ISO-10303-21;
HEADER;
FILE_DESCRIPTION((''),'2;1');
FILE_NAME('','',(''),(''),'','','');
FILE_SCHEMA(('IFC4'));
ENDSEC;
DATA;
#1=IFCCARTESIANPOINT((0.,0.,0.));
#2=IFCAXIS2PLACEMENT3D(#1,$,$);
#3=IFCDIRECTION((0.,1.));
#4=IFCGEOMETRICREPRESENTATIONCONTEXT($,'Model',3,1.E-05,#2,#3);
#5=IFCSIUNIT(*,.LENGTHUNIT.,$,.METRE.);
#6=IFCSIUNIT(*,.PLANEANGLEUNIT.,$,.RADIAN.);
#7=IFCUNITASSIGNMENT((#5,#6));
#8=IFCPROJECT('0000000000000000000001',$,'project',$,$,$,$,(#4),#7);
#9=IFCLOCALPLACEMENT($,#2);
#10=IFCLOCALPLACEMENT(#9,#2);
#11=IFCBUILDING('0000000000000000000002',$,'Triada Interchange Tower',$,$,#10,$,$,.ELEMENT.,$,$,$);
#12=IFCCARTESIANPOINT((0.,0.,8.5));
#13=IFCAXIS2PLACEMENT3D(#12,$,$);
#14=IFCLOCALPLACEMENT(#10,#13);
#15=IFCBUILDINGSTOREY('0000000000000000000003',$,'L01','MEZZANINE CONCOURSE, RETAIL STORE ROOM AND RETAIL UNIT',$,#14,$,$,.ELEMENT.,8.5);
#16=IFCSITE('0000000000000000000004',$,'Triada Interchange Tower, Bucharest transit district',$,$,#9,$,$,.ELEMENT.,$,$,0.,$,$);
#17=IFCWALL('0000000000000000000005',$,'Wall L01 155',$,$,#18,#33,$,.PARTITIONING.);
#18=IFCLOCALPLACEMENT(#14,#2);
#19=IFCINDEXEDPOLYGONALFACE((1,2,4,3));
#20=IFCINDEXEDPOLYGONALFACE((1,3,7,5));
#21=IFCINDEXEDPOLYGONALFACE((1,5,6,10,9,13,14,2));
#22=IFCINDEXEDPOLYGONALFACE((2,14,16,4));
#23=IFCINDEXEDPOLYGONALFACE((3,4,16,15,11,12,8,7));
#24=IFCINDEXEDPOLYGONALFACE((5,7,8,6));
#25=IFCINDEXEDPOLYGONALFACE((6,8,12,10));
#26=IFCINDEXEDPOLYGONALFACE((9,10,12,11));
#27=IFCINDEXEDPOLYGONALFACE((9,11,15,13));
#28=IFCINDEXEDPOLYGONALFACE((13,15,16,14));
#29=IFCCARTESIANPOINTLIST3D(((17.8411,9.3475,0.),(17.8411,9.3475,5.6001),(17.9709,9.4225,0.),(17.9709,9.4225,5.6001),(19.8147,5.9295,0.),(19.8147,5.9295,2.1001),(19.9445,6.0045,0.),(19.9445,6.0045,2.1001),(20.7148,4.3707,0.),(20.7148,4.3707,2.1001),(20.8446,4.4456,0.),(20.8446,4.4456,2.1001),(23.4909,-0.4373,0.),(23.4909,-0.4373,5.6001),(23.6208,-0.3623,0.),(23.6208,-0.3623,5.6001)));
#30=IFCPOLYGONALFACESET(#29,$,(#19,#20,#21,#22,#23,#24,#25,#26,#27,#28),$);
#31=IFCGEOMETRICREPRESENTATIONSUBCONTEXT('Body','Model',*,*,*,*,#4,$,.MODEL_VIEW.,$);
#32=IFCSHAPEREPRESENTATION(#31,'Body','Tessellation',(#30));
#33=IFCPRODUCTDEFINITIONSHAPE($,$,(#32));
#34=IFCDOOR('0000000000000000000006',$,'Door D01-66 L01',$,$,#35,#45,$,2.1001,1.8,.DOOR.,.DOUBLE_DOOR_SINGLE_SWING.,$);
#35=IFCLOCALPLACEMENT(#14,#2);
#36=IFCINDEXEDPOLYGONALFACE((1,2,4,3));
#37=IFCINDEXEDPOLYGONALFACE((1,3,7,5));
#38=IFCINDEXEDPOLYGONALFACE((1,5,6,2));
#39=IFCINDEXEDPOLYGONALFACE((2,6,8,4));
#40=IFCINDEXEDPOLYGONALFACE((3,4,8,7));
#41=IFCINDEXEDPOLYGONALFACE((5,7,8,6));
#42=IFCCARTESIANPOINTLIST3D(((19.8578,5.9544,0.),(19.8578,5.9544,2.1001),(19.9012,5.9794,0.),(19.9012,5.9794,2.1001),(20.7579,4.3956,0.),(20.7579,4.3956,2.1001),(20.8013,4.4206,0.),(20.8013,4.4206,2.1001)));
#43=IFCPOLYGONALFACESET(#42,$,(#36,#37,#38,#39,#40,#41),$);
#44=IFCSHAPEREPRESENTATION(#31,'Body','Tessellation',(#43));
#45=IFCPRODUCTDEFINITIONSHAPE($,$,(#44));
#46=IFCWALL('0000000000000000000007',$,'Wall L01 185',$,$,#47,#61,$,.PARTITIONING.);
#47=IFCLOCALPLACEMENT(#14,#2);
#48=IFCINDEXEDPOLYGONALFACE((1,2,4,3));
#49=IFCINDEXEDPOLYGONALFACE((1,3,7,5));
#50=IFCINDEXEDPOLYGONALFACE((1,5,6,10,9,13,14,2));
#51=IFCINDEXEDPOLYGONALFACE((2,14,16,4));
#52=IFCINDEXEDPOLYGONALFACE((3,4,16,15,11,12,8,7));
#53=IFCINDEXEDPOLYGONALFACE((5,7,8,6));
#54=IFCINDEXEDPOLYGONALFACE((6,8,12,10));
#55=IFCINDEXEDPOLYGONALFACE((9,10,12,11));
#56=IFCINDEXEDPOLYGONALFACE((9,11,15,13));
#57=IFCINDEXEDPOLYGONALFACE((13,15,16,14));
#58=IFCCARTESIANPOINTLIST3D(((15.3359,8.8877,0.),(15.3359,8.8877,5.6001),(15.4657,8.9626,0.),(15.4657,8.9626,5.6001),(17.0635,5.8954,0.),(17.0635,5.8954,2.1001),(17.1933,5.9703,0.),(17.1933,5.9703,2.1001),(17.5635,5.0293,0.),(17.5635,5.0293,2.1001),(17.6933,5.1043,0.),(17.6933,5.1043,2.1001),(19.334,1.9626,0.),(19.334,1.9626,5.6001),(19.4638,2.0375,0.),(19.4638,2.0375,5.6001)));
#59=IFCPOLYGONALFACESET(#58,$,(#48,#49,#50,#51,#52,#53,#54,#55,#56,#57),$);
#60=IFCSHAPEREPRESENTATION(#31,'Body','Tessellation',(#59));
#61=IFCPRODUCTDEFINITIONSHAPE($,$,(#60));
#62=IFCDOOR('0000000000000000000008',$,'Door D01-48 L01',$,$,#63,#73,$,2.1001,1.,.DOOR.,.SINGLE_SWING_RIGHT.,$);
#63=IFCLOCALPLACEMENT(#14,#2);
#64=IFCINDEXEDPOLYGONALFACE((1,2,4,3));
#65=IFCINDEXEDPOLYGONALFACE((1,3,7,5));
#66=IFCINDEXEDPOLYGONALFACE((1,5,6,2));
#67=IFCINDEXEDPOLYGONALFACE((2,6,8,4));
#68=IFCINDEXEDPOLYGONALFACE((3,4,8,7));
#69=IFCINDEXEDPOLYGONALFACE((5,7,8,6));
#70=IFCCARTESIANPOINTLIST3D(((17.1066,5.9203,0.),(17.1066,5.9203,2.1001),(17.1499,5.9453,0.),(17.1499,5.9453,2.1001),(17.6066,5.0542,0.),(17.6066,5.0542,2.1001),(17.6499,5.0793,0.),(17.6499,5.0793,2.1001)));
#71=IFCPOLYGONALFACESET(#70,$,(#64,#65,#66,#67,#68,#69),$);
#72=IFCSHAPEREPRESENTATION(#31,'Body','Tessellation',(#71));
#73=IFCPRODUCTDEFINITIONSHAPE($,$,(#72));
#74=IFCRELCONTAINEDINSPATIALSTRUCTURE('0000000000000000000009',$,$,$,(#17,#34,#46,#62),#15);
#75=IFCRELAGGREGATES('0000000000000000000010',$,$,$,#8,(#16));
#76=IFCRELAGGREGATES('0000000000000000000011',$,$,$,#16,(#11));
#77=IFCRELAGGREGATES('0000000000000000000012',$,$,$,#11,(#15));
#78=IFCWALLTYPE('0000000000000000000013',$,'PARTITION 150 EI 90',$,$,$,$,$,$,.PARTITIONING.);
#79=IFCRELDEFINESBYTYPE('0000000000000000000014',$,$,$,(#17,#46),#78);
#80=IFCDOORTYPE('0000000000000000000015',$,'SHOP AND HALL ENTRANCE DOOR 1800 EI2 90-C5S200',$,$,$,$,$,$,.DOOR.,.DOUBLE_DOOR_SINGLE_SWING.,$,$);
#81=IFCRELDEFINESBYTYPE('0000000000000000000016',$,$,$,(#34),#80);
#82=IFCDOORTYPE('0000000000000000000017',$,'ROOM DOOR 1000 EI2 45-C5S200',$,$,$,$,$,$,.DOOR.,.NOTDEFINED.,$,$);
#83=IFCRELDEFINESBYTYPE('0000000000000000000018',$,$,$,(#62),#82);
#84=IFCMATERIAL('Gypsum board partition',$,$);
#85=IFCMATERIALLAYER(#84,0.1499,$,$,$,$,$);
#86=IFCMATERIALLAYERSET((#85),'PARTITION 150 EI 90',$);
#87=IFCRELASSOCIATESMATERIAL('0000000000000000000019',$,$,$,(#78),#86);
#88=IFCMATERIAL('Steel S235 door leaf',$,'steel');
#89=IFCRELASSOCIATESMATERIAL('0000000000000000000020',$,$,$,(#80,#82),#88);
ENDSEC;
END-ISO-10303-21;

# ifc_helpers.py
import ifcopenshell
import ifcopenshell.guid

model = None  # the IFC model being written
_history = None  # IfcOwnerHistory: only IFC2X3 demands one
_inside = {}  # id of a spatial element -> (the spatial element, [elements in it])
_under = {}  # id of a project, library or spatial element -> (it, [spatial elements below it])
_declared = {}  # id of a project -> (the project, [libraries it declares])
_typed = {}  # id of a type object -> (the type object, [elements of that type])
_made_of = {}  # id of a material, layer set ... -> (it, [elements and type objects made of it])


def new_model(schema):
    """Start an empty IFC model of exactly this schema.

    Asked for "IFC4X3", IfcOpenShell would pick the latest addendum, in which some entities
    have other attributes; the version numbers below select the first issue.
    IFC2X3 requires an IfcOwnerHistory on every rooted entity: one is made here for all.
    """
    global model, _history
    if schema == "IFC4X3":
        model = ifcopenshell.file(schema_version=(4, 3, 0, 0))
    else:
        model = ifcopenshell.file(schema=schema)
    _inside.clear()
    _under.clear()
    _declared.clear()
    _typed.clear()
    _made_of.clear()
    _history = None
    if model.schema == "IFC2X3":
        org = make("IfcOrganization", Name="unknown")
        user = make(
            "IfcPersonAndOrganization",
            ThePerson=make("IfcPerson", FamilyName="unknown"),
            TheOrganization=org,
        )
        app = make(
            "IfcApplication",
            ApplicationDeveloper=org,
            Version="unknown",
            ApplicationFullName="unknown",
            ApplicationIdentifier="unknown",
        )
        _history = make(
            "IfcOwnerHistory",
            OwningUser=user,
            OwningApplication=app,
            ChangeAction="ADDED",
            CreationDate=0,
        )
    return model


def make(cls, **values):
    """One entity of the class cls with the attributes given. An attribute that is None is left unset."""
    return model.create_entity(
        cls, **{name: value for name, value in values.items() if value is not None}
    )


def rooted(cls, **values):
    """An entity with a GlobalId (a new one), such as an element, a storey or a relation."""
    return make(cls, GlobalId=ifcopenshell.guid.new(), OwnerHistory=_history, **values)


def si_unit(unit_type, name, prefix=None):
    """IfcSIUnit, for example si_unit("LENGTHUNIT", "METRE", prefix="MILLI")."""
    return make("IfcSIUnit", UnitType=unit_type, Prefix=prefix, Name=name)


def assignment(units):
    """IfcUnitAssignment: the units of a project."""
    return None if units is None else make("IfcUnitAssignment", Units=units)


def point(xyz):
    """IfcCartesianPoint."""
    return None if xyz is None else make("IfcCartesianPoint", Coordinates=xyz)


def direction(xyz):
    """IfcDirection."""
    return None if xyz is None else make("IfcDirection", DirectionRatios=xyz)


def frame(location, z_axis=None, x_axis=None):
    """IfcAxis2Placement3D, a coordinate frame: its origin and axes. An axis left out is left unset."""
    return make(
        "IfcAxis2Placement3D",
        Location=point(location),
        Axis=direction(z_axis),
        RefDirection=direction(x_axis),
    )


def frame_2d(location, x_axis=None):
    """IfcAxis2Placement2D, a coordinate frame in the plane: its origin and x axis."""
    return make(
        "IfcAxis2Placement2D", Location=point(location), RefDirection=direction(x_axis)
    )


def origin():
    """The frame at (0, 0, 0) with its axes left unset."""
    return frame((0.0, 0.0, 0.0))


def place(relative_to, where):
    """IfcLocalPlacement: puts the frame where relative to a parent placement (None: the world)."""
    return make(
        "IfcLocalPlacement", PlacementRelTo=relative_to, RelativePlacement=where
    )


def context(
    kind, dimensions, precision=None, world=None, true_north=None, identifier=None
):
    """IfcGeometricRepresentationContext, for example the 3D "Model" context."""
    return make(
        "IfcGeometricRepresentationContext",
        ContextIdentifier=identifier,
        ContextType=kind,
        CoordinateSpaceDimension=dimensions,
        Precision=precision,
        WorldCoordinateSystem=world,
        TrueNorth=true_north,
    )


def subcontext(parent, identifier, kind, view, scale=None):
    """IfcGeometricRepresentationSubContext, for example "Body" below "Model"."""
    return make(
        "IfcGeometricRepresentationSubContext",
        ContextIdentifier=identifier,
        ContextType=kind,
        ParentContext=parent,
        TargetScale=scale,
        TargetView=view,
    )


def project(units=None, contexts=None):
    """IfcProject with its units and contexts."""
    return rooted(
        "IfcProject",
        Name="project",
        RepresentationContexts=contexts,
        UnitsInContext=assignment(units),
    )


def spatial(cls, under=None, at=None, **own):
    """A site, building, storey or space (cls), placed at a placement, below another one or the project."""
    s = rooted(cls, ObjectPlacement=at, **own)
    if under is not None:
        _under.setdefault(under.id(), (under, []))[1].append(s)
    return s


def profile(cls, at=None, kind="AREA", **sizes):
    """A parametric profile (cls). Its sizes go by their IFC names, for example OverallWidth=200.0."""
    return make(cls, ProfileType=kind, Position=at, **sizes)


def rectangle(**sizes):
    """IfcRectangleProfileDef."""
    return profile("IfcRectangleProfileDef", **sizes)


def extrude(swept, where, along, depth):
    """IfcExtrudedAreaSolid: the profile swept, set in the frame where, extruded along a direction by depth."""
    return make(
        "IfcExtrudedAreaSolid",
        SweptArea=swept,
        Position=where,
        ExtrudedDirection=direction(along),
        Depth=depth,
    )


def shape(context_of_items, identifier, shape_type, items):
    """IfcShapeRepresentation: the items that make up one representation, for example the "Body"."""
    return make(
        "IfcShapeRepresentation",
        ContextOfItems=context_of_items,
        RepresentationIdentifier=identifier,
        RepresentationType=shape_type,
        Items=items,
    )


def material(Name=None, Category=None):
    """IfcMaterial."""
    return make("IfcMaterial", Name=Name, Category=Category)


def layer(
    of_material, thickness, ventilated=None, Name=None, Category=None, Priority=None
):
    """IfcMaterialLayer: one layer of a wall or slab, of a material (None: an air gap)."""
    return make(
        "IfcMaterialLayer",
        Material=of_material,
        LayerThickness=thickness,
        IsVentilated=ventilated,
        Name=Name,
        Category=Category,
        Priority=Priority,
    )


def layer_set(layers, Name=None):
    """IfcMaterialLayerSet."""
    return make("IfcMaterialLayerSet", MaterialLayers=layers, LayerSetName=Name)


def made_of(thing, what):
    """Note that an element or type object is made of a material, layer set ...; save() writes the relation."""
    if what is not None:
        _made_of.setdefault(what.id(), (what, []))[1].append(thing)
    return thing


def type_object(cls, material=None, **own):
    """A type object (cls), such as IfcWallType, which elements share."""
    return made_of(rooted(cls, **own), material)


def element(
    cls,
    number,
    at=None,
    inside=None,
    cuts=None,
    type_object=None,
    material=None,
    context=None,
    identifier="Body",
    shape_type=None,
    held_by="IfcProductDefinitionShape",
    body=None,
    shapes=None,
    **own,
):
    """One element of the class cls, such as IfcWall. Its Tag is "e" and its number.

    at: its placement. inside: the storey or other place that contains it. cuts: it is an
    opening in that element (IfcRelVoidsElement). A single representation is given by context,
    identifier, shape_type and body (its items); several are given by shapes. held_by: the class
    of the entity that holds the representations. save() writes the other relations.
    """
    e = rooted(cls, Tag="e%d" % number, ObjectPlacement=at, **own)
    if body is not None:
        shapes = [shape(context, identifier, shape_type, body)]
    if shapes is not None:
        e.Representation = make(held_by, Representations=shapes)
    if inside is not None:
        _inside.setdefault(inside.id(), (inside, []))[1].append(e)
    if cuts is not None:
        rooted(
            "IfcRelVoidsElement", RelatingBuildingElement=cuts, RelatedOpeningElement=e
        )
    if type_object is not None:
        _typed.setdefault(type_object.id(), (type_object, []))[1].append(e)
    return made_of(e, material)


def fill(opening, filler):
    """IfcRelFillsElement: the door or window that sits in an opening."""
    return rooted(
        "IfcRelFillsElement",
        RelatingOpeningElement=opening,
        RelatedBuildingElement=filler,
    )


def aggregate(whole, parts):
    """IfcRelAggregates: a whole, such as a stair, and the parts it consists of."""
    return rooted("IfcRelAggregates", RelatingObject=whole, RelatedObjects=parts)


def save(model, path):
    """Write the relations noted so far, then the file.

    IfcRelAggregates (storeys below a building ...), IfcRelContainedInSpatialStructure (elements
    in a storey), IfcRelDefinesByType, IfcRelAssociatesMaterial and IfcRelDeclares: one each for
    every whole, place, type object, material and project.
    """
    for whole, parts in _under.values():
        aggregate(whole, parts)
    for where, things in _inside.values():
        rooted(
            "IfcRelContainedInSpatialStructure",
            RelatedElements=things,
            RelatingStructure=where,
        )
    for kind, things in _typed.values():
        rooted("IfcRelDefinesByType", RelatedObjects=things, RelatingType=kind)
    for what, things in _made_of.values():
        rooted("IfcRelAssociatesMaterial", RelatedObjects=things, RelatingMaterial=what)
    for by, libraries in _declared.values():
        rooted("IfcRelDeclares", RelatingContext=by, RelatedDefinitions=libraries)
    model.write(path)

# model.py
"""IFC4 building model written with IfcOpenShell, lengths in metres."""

from ifc_helpers import new_model, si_unit, direction, frame, frame_2d, origin, place, context, subcontext, project, spatial, rectangle, extrude, material, layer, layer_set, type_object, element, fill, save


model = new_model("IFC4")

# Units and contexts
model_context = context("Model", 3, precision=1e-05, world=origin(), true_north=direction((0.0, 1.0)))
body_context = subcontext(model_context, "Body", "Model", "MODEL_VIEW")
ifc_project = project(units=[si_unit("LENGTHUNIT", "METRE"), si_unit("PLANEANGLEUNIT", "RADIAN")], contexts=[model_context])

# Site, building, storey
site_placement = place(None, origin())
site = spatial("IfcSite", under=ifc_project, at=site_placement, Name="Triada Interchange Tower, Bucharest transit district", CompositionType="ELEMENT", RefElevation=0.0)
building_placement = place(site_placement, origin())
building = spatial("IfcBuilding", under=site, at=building_placement, Name="Triada Interchange Tower", CompositionType="ELEMENT")
storey_placement = place(building_placement, frame((0.0, 0.0, 8.5)))
storey = spatial("IfcBuildingStorey", under=building, at=storey_placement, Name="L01", Description="MEZZANINE CONCOURSE, RETAIL STORE ROOM AND RETAIL UNIT", CompositionType="ELEMENT", Elevation=8.5)

# Shared definitions
ifc_material_1 = material(Name="Gypsum board partition")
ifc_layer_1 = layer(ifc_material_1, 0.1499)
ifc_layer_set_1 = layer_set([ifc_layer_1], Name="PARTITION 150 EI 90")
wall_type_1 = type_object("IfcWallType", Name="PARTITION 150 EI 90", PredefinedType="PARTITIONING", material=ifc_layer_set_1)

# Walls, openings, doors
wall_1_placement = place(storey_placement, frame((17.906, 9.385, 0.0), z_axis=(0.0, 0.0, 1.0), x_axis=(0.500039, -0.866003, 0.0)))
wall_1 = element("IfcWall", 1, at=wall_1_placement, inside=storey, type_object=wall_type_1, Name="Wall L01 155", PredefinedType="PARTITIONING", context=body_context, shape_type="SweptSolid", body=[
    extrude(rectangle(XDim=11.2988, YDim=0.1499, at=frame_2d((5.6494, 0.0))), origin(), (0.0, 0.0, 1.0), 5.6001),
])
opening_1_placement = place(wall_1_placement, frame((3.947, 0.0, 0.0)))
opening_1 = element("IfcOpeningElement", 2, at=opening_1_placement, cuts=wall_1, PredefinedType="OPENING", context=body_context, shape_type="SweptSolid", body=[
    extrude(rectangle(XDim=1.8, YDim=2.1001, at=frame_2d((0.8999, 1.05))), frame((0.0, 0.085, 0.0), z_axis=(0.0, -1.0, 0.0), x_axis=(1.0, 0.0, 0.0)), (0.0, 0.0, 1.0), 0.1699),
])
ifc_material_2 = material(Name="Steel S235 door leaf", Category="steel")
door_type_1 = type_object("IfcDoorType", Name="SHOP AND HALL ENTRANCE DOOR 1800 EI2 90-C5S200", OperationType="DOUBLE_DOOR_SINGLE_SWING", PredefinedType="DOOR", material=ifc_material_2)
door_1_placement = place(opening_1_placement, origin())
door_1 = element("IfcDoor", 3, at=door_1_placement, inside=storey, type_object=door_type_1, Name="Door D01-66 L01", OperationType="DOUBLE_DOOR_SINGLE_SWING", OverallHeight=2.1001, OverallWidth=1.8, PredefinedType="DOOR", context=body_context, shape_type="SweptSolid", body=[
    extrude(rectangle(XDim=1.8, YDim=2.1001, at=frame_2d((0.8999, 1.05))), frame((0.0, 0.0249, 0.0), z_axis=(0.0, -1.0, 0.0), x_axis=(1.0, 0.0, 0.0)), (0.0, 0.0, 1.0), 0.05),
])
fill(opening_1, door_1)
wall_2_placement = place(storey_placement, frame((15.4009, 8.925, 0.0), z_axis=(0.0, 0.0, 1.0), x_axis=(0.499988, -0.866033, 0.0)))
wall_2 = element("IfcWall", 4, at=wall_2_placement, inside=storey, type_object=wall_type_1, Name="Wall L01 185", PredefinedType="PARTITIONING", context=body_context, shape_type="SweptSolid", body=[
    extrude(rectangle(XDim=7.9963, YDim=0.1499, at=frame_2d((3.998, 0.0))), origin(), (0.0, 0.0, 1.0), 5.6001),
])
opening_2_placement = place(wall_2_placement, frame((3.4551, 0.0, 0.0)))
opening_2 = element("IfcOpeningElement", 5, at=opening_2_placement, cuts=wall_2, PredefinedType="OPENING", context=body_context, shape_type="SweptSolid", body=[
    extrude(rectangle(XDim=1.0, YDim=2.1001, at=frame_2d((0.5, 1.05))), frame((0.0, 0.085, 0.0), z_axis=(0.0, -1.0, 0.0), x_axis=(1.0, 0.0, 0.0)), (0.0, 0.0, 1.0), 0.1699),
])
door_type_2 = type_object("IfcDoorType", Name="ROOM DOOR 1000 EI2 45-C5S200", OperationType="NOTDEFINED", PredefinedType="DOOR", material=ifc_material_2)
door_2_placement = place(opening_2_placement, origin())
door_2 = element("IfcDoor", 6, at=door_2_placement, inside=storey, type_object=door_type_2, Name="Door D01-48 L01", OperationType="SINGLE_SWING_RIGHT", OverallHeight=2.1001, OverallWidth=1.0, PredefinedType="DOOR", context=body_context, shape_type="SweptSolid", body=[
    extrude(rectangle(XDim=1.0, YDim=2.1001, at=frame_2d((0.5, 1.05))), frame((0.0, 0.0249, 0.0), z_axis=(0.0, -1.0, 0.0), x_axis=(1.0, 0.0, 0.0)), (0.0, 0.0, 1.0), 0.05),
])
fill(opening_2, door_2)

save(model, "model.ifc")
